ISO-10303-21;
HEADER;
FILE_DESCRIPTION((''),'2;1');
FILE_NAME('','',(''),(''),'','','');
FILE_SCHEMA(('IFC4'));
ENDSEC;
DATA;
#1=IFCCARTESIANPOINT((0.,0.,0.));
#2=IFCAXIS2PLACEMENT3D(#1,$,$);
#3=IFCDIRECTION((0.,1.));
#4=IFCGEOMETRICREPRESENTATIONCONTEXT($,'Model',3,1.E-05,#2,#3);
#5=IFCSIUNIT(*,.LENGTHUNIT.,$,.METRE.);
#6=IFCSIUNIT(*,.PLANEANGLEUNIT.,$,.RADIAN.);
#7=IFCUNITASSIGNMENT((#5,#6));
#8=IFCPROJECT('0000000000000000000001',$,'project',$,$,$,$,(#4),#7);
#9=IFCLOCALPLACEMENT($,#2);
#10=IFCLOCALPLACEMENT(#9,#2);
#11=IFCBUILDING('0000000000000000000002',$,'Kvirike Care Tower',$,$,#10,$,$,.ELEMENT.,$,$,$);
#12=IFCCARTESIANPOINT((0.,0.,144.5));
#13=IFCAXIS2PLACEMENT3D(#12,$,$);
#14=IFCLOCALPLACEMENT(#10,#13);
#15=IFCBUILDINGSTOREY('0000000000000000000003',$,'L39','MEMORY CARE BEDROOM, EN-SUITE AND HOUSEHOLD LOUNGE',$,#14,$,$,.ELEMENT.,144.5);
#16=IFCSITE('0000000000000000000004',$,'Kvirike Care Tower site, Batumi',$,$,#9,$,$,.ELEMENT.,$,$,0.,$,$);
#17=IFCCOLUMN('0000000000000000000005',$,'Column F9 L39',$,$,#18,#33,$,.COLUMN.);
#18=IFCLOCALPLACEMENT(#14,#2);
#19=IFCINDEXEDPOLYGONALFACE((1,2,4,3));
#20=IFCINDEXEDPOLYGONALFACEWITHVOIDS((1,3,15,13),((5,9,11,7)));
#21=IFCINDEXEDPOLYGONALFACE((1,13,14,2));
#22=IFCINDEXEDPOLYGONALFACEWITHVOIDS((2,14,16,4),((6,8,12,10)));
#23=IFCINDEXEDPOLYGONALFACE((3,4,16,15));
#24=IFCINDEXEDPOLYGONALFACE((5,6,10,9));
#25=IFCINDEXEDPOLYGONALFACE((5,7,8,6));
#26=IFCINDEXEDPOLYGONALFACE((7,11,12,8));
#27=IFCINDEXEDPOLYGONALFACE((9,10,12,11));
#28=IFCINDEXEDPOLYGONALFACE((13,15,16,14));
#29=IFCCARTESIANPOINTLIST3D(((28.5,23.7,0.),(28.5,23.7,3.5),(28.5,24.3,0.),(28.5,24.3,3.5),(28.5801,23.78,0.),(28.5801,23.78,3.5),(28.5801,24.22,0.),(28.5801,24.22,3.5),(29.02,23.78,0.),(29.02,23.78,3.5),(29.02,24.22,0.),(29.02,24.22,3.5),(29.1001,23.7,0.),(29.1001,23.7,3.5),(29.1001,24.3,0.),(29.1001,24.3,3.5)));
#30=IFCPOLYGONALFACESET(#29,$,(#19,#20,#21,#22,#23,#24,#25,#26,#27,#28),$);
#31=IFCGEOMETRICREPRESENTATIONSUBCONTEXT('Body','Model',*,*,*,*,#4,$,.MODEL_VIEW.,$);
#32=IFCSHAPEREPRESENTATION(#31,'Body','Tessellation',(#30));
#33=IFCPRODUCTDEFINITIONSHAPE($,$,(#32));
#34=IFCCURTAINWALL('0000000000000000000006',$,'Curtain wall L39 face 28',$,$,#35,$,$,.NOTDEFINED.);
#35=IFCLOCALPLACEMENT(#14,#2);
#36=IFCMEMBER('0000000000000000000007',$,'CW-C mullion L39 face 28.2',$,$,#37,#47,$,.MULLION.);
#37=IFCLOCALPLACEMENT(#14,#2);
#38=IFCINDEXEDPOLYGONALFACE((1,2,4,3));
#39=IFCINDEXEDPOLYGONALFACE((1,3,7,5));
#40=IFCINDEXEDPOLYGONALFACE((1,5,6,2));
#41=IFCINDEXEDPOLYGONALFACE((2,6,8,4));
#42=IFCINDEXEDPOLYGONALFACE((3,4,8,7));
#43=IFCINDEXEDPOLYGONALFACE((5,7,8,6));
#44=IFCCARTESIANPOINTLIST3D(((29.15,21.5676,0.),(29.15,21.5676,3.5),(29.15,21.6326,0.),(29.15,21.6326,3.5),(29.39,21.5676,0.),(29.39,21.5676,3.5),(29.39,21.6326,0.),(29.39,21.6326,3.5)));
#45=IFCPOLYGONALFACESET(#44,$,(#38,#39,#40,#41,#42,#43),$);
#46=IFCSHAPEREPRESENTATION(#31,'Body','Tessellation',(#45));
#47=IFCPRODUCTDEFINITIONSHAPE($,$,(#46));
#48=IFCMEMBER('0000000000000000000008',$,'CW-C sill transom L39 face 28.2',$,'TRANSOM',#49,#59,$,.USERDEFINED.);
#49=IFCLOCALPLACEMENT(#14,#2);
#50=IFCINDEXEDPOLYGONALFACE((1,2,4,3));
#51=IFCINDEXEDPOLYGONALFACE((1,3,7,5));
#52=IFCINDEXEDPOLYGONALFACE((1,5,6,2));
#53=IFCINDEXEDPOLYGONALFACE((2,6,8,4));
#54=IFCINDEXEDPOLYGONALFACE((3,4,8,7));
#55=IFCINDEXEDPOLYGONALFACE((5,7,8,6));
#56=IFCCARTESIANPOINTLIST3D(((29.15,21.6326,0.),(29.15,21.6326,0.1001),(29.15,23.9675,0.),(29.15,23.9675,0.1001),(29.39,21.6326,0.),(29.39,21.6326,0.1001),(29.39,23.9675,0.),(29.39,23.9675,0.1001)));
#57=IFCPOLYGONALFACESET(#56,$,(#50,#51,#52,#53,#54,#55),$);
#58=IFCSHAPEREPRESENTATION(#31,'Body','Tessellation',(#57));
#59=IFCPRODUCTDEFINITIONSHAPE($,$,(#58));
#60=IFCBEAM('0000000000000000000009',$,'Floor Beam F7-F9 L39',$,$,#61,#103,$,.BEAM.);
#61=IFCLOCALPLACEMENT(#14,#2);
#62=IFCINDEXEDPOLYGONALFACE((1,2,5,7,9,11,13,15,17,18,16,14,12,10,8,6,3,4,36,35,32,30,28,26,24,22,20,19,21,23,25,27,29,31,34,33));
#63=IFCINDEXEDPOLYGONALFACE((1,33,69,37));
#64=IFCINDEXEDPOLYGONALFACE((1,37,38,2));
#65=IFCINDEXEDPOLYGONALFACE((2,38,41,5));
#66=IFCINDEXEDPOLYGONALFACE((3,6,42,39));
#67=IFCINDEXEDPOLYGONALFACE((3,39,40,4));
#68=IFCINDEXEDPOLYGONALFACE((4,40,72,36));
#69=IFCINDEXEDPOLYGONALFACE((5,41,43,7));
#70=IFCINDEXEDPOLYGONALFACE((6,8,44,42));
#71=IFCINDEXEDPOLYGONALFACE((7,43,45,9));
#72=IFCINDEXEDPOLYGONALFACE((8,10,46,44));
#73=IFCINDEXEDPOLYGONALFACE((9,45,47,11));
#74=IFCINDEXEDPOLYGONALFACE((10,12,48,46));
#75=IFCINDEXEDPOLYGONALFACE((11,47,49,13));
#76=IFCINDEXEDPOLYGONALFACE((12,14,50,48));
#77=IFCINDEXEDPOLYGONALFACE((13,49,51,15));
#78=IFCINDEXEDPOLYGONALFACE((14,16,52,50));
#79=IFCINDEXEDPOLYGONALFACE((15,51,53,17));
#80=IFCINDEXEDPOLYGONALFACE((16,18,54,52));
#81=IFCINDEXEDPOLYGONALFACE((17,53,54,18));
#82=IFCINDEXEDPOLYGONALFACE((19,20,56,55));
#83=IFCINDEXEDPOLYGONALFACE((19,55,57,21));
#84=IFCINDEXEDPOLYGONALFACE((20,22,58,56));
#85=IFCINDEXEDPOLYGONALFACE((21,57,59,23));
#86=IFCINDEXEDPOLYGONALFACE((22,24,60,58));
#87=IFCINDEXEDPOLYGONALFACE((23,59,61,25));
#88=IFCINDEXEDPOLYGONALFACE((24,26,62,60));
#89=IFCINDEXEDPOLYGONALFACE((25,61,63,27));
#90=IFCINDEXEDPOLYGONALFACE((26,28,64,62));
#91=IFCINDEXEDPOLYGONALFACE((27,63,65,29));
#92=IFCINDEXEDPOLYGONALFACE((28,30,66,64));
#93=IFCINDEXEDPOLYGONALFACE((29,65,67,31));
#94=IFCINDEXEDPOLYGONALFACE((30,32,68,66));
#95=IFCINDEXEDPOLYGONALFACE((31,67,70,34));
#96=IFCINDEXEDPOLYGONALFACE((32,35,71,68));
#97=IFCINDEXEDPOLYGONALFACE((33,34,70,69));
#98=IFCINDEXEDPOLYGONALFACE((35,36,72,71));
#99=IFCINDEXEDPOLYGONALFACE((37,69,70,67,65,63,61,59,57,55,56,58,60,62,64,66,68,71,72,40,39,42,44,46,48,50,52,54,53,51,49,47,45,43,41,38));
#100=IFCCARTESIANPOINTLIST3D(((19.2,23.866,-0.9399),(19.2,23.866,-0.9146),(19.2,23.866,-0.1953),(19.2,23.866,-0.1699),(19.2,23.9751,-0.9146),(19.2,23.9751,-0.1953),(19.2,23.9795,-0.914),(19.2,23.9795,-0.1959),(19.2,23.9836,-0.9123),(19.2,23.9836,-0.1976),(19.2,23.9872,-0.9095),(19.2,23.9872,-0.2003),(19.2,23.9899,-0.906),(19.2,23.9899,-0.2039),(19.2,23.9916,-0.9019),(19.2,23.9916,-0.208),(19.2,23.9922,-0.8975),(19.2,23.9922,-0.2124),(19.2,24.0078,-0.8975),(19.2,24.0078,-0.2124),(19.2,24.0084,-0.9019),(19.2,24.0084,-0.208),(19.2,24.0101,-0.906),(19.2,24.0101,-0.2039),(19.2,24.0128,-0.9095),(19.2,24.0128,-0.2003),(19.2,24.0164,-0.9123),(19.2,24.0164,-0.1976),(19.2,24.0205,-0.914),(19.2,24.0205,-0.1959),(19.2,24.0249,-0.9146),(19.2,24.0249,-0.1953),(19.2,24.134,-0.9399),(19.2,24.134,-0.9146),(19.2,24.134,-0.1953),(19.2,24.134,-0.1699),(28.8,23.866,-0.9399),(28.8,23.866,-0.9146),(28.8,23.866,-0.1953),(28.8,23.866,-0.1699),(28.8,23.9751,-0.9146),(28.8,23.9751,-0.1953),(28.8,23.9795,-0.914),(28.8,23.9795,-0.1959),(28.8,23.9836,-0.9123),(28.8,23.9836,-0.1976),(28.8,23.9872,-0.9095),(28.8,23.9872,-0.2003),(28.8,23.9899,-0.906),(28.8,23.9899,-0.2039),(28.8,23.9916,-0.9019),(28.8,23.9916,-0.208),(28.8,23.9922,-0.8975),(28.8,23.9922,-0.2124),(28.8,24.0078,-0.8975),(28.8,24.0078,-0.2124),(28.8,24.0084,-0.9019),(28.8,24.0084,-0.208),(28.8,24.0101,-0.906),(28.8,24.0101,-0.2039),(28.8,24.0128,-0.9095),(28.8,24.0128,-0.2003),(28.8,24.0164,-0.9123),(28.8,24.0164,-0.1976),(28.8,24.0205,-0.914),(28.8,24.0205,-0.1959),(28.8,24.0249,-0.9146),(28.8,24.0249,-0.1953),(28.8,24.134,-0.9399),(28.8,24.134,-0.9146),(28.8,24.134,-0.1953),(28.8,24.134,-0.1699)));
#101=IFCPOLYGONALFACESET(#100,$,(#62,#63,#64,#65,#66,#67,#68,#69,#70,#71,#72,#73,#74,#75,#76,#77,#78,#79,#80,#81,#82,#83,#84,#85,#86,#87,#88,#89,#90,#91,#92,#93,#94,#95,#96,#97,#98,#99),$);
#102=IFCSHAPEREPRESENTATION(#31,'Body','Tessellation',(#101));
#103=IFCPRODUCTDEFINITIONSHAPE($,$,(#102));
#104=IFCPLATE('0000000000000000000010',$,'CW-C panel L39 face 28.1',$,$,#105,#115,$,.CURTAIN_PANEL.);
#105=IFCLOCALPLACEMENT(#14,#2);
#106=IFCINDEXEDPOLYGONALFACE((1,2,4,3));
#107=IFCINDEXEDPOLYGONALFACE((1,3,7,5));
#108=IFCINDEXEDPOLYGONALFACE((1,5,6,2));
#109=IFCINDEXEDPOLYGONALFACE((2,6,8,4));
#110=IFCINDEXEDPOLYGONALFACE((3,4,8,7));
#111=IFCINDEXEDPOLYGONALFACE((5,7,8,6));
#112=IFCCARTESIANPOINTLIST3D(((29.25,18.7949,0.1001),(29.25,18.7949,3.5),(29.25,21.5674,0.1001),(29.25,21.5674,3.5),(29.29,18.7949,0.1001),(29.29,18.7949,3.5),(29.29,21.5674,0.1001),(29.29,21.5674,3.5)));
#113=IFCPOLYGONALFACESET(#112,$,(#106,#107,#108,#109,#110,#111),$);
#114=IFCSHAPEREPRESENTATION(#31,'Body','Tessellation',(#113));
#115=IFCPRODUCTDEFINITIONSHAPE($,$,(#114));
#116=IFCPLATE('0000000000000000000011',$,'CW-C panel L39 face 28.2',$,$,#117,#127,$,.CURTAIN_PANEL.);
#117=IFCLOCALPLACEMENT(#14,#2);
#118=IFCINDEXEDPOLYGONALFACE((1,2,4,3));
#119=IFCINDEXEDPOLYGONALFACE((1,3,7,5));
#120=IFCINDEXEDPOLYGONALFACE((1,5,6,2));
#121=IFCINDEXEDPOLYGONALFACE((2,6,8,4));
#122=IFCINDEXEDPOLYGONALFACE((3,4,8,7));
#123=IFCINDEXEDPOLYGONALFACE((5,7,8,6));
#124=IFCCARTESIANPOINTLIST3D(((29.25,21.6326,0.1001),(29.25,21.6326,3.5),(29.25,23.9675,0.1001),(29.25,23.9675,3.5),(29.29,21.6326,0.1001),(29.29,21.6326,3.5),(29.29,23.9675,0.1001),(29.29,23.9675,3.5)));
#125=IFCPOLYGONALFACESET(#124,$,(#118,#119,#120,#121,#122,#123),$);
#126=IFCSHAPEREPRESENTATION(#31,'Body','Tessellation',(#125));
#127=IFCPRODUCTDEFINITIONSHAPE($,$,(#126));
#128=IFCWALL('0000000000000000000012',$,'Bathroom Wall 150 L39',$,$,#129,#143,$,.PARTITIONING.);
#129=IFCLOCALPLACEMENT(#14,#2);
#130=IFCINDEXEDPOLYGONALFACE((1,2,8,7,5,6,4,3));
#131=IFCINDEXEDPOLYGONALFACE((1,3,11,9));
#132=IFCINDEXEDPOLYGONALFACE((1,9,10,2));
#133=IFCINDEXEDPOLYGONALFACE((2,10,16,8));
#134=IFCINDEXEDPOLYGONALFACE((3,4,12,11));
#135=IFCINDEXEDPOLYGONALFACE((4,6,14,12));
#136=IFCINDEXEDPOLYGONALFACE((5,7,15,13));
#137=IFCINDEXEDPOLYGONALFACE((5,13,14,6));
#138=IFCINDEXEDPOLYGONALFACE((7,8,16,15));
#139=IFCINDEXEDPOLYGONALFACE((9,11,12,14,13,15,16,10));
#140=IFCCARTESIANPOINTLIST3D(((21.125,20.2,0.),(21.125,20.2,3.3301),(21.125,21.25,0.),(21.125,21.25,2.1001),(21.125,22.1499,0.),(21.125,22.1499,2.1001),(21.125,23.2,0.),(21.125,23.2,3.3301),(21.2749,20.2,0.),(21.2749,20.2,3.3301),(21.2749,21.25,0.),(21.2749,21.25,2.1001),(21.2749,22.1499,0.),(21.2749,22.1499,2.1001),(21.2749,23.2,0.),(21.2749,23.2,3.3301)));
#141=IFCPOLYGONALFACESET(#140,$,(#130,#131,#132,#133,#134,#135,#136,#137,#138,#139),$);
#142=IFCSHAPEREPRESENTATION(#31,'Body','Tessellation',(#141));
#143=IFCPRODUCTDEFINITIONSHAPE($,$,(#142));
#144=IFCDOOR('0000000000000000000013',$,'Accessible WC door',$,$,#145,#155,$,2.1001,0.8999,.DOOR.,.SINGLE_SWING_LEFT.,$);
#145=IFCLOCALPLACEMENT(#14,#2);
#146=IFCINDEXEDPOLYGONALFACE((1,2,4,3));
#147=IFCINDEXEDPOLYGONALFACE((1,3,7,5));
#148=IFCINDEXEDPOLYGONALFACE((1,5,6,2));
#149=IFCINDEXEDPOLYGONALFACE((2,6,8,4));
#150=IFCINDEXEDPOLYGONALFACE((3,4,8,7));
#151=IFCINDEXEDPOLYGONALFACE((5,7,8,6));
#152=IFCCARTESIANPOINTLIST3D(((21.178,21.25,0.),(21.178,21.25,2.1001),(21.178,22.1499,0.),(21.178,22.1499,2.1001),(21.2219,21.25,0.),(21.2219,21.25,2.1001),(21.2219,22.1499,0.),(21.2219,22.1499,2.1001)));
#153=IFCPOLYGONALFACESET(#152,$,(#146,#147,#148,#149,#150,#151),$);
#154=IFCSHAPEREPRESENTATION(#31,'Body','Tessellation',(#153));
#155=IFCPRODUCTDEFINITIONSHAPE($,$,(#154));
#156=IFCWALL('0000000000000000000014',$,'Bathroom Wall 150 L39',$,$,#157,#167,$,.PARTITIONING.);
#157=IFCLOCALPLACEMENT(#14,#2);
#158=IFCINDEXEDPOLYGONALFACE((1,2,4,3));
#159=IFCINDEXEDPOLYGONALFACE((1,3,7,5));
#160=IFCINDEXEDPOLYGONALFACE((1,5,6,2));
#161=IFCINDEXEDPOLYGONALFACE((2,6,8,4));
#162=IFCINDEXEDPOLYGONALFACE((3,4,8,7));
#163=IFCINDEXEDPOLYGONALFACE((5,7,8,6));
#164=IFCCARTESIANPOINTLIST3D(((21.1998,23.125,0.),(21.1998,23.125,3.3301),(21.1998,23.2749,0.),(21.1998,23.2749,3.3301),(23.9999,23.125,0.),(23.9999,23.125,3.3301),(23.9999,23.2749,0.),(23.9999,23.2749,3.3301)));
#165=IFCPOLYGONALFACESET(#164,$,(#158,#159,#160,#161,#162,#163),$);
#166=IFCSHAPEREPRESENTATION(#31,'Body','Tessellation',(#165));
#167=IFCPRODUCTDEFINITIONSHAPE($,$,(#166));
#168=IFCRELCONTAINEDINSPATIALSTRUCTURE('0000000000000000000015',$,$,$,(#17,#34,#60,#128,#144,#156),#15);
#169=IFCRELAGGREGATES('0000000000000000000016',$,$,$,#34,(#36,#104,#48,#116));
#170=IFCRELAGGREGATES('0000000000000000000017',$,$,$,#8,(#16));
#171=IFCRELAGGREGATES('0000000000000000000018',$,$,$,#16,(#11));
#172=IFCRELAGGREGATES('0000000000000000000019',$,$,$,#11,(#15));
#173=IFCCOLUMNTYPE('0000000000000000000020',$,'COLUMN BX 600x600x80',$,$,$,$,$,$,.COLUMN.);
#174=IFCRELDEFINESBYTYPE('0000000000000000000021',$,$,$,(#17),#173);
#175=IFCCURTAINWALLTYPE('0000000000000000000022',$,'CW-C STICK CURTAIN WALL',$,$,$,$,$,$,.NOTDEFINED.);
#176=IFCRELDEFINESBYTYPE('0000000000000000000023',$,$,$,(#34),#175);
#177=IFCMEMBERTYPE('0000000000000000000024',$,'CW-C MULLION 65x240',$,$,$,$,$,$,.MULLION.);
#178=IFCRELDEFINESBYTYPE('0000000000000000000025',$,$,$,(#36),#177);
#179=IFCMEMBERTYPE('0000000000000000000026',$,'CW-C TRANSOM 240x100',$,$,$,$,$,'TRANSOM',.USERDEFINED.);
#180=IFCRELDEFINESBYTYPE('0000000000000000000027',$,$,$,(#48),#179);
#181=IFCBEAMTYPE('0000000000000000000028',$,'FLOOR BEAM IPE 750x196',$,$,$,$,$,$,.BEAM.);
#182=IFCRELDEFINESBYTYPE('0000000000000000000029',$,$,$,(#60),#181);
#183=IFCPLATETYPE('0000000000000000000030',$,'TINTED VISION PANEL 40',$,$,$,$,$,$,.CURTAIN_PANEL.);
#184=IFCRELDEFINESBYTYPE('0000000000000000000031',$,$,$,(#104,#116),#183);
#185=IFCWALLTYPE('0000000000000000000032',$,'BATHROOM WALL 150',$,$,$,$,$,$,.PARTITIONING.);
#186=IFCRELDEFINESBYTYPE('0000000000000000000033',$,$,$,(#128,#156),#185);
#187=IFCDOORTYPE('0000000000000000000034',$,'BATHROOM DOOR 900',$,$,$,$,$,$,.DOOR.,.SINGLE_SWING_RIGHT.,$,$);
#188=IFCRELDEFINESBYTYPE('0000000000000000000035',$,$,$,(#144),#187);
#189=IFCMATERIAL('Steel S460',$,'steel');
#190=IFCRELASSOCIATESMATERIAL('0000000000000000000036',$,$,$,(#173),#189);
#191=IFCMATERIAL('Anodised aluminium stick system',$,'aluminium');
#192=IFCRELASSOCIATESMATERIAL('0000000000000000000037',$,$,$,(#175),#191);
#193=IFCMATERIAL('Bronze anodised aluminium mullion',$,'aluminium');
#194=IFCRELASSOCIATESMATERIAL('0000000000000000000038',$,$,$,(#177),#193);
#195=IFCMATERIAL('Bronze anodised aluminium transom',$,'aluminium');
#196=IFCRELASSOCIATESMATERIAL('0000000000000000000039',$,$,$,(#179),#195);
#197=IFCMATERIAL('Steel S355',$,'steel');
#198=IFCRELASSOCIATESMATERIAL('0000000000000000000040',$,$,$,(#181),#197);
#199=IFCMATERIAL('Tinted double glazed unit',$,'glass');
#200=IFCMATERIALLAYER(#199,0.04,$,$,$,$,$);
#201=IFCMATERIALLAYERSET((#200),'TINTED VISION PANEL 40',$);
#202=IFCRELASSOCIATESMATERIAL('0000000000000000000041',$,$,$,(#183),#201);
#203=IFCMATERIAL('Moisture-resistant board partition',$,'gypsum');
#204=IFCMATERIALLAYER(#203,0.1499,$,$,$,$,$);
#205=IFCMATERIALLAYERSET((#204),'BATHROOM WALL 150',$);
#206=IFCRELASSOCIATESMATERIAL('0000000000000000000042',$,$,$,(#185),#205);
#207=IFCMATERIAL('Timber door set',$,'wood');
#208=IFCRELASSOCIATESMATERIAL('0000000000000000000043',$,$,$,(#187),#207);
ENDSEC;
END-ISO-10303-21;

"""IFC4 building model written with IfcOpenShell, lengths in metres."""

from ifc_helpers import new_model, si_unit, direction, frame, frame_2d, origin, origin_2d, place, context, subcontext, project, spatial, rectangle, hollow_rectangle, i_section, extrude, material, layer, layer_set, material_profile, profile_set, type_object, element, fill, aggregate, save


model = new_model("IFC4")

# Units and contexts
model_context = context("Model", 3, precision=1e-05, world=origin(), true_north=direction((0.0, 1.0)))
body_context = subcontext(model_context, "Body", "Model", "MODEL_VIEW")
ifc_project = project(units=[si_unit("LENGTHUNIT", "METRE"), si_unit("PLANEANGLEUNIT", "RADIAN")], contexts=[model_context])

# Site, building, storey
site_placement = place(None, origin())
site = spatial("IfcSite", under=ifc_project, at=site_placement, Name="Kvirike Care Tower site, Batumi", CompositionType="ELEMENT", RefElevation=0.0)
building_placement = place(site_placement, origin())
building = spatial("IfcBuilding", under=site, at=building_placement, Name="Kvirike Care Tower", CompositionType="ELEMENT")
storey_placement = place(building_placement, frame((0.0, 0.0, 144.5)))
storey = spatial("IfcBuildingStorey", under=building, at=storey_placement, Name="L39", Description="MEMORY CARE BEDROOM, EN-SUITE AND HOUSEHOLD LOUNGE", CompositionType="ELEMENT", Elevation=144.5)

# Column
ifc_material_1 = material(Name="Steel S460", Category="steel")
ifc_material_profile_1 = material_profile(ifc_material_1, hollow_rectangle(XDim=0.6001, YDim=0.6001, WallThickness=0.0801, at=origin_2d()), Name="BX 600x600x80")
ifc_profile_set_1 = profile_set([ifc_material_profile_1], Name="Steel S460")
column_type = type_object("IfcColumnType", Name="COLUMN BX 600x600x80", PredefinedType="COLUMN", material=ifc_profile_set_1)
column_placement = place(storey_placement, frame((28.8, 24.0, 0.0), z_axis=(0.0, 0.0, 1.0), x_axis=(1.0, 0.0, 0.0)))
element("IfcColumn", 1, at=column_placement, inside=storey, type_object=column_type, Name="Column F9 L39", PredefinedType="COLUMN", context=body_context, shape_type="SweptSolid", body=[
    extrude(hollow_rectangle(XDim=0.6001, YDim=0.6001, WallThickness=0.0801, at=origin_2d()), origin(), (0.0, 0.0, 1.0), 3.5),
])

# Curtain wall, members
ifc_material_2 = material(Name="Anodised aluminium stick system", Category="aluminium")
curtain_wall_type = type_object("IfcCurtainWallType", Name="CW-C STICK CURTAIN WALL", PredefinedType="NOTDEFINED", material=ifc_material_2)
curtain_wall_placement = place(storey_placement, origin())
curtain_wall = element("IfcCurtainWall", 2, at=curtain_wall_placement, inside=storey, type_object=curtain_wall_type, Name="Curtain wall L39 face 28", PredefinedType="NOTDEFINED")
ifc_material_3 = material(Name="Bronze anodised aluminium mullion", Category="aluminium")
ifc_material_profile_2 = material_profile(ifc_material_3, rectangle(XDim=0.0649, YDim=0.24, at=origin_2d()), Name="CW-C MULLION 65x240")
ifc_profile_set_2 = profile_set([ifc_material_profile_2], Name="Bronze anodised aluminium mullion")
member_type_1 = type_object("IfcMemberType", Name="CW-C MULLION 65x240", PredefinedType="MULLION", material=ifc_profile_set_2)
member_1_placement = place(storey_placement, frame((29.27, 21.6001, 0.0), z_axis=(0.0, 0.0, 1.0), x_axis=(0.0, 1.0, 0.0)))
member_1 = element("IfcMember", 3, at=member_1_placement, type_object=member_type_1, Name="CW-C mullion L39 face 28.2", PredefinedType="MULLION", context=body_context, shape_type="SweptSolid", body=[
    extrude(rectangle(XDim=0.0649, YDim=0.24, at=origin_2d()), origin(), (0.0, 0.0, 1.0), 3.5),
])
ifc_material_4 = material(Name="Bronze anodised aluminium transom", Category="aluminium")
ifc_material_profile_3 = material_profile(ifc_material_4, rectangle(XDim=0.24, YDim=0.1001, at=origin_2d()), Name="CW-C TRANSOM 240x100")
ifc_profile_set_3 = profile_set([ifc_material_profile_3], Name="Bronze anodised aluminium transom")
member_type_2 = type_object("IfcMemberType", Name="CW-C TRANSOM 240x100", ElementType="TRANSOM", PredefinedType="USERDEFINED", material=ifc_profile_set_3)
member_2_placement = place(storey_placement, frame((29.27, 21.6326, 0.05), z_axis=(0.0, 1.0, 0.0), x_axis=(-1.0, 0.0, 0.0)))
member_2 = element("IfcMember", 4, at=member_2_placement, type_object=member_type_2, Name="CW-C sill transom L39 face 28.2", ObjectType="TRANSOM", PredefinedType="USERDEFINED", context=body_context, shape_type="SweptSolid", body=[
    extrude(rectangle(XDim=0.24, YDim=0.1001, at=origin_2d()), origin(), (0.0, 0.0, 1.0), 2.335),
])

# Beam
ifc_material_5 = material(Name="Steel S355", Category="steel")
ifc_material_profile_4 = material_profile(ifc_material_5, i_section(OverallWidth=0.2681, OverallDepth=0.77, WebThickness=0.0156, FlangeThickness=0.0254, FilletRadius=0.0171, at=origin_2d()), Name="IPE 750x196")
ifc_profile_set_4 = profile_set([ifc_material_profile_4], Name="Steel S355")
beam_type = type_object("IfcBeamType", Name="FLOOR BEAM IPE 750x196", PredefinedType="BEAM", material=ifc_profile_set_4)
beam_placement = place(storey_placement, frame((19.2, 24.0, -0.5549), z_axis=(1.0, 0.0, 0.0), x_axis=(0.0, 1.0, 0.0)))
element("IfcBeam", 5, at=beam_placement, inside=storey, type_object=beam_type, Name="Floor Beam F7-F9 L39", PredefinedType="BEAM", context=body_context, shape_type="SweptSolid", body=[
    extrude(i_section(OverallWidth=0.2681, OverallDepth=0.77, WebThickness=0.0156, FlangeThickness=0.0254, FilletRadius=0.0171, at=origin_2d()), origin(), (0.0, 0.0, 1.0), 9.6001),
])

# Plates
ifc_material_6 = material(Name="Tinted double glazed unit", Category="glass")
ifc_layer_1 = layer(ifc_material_6, 0.04)
ifc_layer_set_1 = layer_set([ifc_layer_1], Name="TINTED VISION PANEL 40")
plate_type = type_object("IfcPlateType", Name="TINTED VISION PANEL 40", PredefinedType="CURTAIN_PANEL", material=ifc_layer_set_1)
plate_1_placement = place(storey_placement, frame((29.27, 20.1812, 0.1001), z_axis=(0.0, 0.0, 1.0), x_axis=(0.0, 1.0, 0.0)))
plate_1 = element("IfcPlate", 6, at=plate_1_placement, type_object=plate_type, Name="CW-C panel L39 face 28.1", PredefinedType="CURTAIN_PANEL", context=body_context, shape_type="SweptSolid", body=[
    extrude(rectangle(XDim=2.7725, YDim=0.04, at=origin_2d()), origin(), (0.0, 0.0, 1.0), 3.3999),
])
plate_2_placement = place(storey_placement, frame((29.27, 22.8, 0.1001), z_axis=(0.0, 0.0, 1.0), x_axis=(0.0, 1.0, 0.0)))
plate_2 = element("IfcPlate", 7, at=plate_2_placement, type_object=plate_type, Name="CW-C panel L39 face 28.2", PredefinedType="CURTAIN_PANEL", context=body_context, shape_type="SweptSolid", body=[
    extrude(rectangle(XDim=2.335, YDim=0.04, at=origin_2d()), origin(), (0.0, 0.0, 1.0), 3.3999),
])
aggregate(curtain_wall, [member_1, plate_1, member_2, plate_2])

# Wall, opening, door
ifc_material_7 = material(Name="Moisture-resistant board partition", Category="gypsum")
ifc_layer_2 = layer(ifc_material_7, 0.1499)
ifc_layer_set_2 = layer_set([ifc_layer_2], Name="BATHROOM WALL 150")
wall_type_1 = type_object("IfcWallType", Name="BATHROOM WALL 150", PredefinedType="PARTITIONING", material=ifc_layer_set_2)
wall_1_placement = place(storey_placement, frame((21.2, 20.2, 0.0), z_axis=(0.0, 0.0, 1.0), x_axis=(0.0, 1.0, 0.0)))
wall_1 = element("IfcWall", 8, at=wall_1_placement, inside=storey, type_object=wall_type_1, Name="Bathroom Wall 150 L39", PredefinedType="PARTITIONING", context=body_context, shape_type="SweptSolid", body=[
    extrude(rectangle(XDim=3.0, YDim=0.1499, at=frame_2d((1.5, 0.0))), origin(), (0.0, 0.0, 1.0), 3.3301),
])
opening_1_placement = place(wall_1_placement, frame((1.05, 0.0, 0.0)))
opening_1 = element("IfcOpeningElement", 9, at=opening_1_placement, cuts=wall_1, PredefinedType="OPENING", context=body_context, shape_type="SweptSolid", body=[
    extrude(rectangle(XDim=0.8999, YDim=2.1001, at=frame_2d((0.45, 1.05))), frame((0.0, 0.0854, 0.0), z_axis=(0.0, -1.0, 0.0), x_axis=(1.0, 0.0, 0.0)), (0.0, 0.0, 1.0), 0.1709),
])
ifc_material_8 = material(Name="Timber door set", Category="wood")
door_type_1 = type_object("IfcDoorType", Name="BATHROOM DOOR 900", OperationType="SINGLE_SWING_RIGHT", PredefinedType="DOOR", material=ifc_material_8)
door_1_placement = place(opening_1_placement, frame((0.8999, 0.0, 0.0), z_axis=(0.0, 0.0, 1.0), x_axis=(-1.0, 0.0, 0.0)))
door_1 = element("IfcDoor", 10, at=door_1_placement, inside=storey, type_object=door_type_1, Name="Accessible WC door", OperationType="SINGLE_SWING_LEFT", OverallHeight=2.1001, OverallWidth=0.8999, PredefinedType="DOOR", context=body_context, shape_type="SweptSolid", body=[
    extrude(rectangle(XDim=0.8999, YDim=2.1001, at=frame_2d((0.45, 1.05))), frame((0.0, 0.022, 0.0), z_axis=(0.0, -1.0, 0.0), x_axis=(1.0, 0.0, 0.0)), (0.0, 0.0, 1.0), 0.0439),
])
fill(opening_1, door_1)

# Wall
wall_2_placement = place(storey_placement, frame((21.2, 23.2, 0.0), z_axis=(0.0, 0.0, 1.0), x_axis=(1.0, 0.0, 0.0)))
element("IfcWall", 11, at=wall_2_placement, inside=storey, type_object=wall_type_1, Name="Bathroom Wall 150 L39", PredefinedType="PARTITIONING", context=body_context, shape_type="SweptSolid", body=[
    extrude(rectangle(XDim=2.8, YDim=0.1499, at=frame_2d((1.3999, 0.0))), origin(), (0.0, 0.0, 1.0), 3.3301),
])

save(model, "model.ifc")
